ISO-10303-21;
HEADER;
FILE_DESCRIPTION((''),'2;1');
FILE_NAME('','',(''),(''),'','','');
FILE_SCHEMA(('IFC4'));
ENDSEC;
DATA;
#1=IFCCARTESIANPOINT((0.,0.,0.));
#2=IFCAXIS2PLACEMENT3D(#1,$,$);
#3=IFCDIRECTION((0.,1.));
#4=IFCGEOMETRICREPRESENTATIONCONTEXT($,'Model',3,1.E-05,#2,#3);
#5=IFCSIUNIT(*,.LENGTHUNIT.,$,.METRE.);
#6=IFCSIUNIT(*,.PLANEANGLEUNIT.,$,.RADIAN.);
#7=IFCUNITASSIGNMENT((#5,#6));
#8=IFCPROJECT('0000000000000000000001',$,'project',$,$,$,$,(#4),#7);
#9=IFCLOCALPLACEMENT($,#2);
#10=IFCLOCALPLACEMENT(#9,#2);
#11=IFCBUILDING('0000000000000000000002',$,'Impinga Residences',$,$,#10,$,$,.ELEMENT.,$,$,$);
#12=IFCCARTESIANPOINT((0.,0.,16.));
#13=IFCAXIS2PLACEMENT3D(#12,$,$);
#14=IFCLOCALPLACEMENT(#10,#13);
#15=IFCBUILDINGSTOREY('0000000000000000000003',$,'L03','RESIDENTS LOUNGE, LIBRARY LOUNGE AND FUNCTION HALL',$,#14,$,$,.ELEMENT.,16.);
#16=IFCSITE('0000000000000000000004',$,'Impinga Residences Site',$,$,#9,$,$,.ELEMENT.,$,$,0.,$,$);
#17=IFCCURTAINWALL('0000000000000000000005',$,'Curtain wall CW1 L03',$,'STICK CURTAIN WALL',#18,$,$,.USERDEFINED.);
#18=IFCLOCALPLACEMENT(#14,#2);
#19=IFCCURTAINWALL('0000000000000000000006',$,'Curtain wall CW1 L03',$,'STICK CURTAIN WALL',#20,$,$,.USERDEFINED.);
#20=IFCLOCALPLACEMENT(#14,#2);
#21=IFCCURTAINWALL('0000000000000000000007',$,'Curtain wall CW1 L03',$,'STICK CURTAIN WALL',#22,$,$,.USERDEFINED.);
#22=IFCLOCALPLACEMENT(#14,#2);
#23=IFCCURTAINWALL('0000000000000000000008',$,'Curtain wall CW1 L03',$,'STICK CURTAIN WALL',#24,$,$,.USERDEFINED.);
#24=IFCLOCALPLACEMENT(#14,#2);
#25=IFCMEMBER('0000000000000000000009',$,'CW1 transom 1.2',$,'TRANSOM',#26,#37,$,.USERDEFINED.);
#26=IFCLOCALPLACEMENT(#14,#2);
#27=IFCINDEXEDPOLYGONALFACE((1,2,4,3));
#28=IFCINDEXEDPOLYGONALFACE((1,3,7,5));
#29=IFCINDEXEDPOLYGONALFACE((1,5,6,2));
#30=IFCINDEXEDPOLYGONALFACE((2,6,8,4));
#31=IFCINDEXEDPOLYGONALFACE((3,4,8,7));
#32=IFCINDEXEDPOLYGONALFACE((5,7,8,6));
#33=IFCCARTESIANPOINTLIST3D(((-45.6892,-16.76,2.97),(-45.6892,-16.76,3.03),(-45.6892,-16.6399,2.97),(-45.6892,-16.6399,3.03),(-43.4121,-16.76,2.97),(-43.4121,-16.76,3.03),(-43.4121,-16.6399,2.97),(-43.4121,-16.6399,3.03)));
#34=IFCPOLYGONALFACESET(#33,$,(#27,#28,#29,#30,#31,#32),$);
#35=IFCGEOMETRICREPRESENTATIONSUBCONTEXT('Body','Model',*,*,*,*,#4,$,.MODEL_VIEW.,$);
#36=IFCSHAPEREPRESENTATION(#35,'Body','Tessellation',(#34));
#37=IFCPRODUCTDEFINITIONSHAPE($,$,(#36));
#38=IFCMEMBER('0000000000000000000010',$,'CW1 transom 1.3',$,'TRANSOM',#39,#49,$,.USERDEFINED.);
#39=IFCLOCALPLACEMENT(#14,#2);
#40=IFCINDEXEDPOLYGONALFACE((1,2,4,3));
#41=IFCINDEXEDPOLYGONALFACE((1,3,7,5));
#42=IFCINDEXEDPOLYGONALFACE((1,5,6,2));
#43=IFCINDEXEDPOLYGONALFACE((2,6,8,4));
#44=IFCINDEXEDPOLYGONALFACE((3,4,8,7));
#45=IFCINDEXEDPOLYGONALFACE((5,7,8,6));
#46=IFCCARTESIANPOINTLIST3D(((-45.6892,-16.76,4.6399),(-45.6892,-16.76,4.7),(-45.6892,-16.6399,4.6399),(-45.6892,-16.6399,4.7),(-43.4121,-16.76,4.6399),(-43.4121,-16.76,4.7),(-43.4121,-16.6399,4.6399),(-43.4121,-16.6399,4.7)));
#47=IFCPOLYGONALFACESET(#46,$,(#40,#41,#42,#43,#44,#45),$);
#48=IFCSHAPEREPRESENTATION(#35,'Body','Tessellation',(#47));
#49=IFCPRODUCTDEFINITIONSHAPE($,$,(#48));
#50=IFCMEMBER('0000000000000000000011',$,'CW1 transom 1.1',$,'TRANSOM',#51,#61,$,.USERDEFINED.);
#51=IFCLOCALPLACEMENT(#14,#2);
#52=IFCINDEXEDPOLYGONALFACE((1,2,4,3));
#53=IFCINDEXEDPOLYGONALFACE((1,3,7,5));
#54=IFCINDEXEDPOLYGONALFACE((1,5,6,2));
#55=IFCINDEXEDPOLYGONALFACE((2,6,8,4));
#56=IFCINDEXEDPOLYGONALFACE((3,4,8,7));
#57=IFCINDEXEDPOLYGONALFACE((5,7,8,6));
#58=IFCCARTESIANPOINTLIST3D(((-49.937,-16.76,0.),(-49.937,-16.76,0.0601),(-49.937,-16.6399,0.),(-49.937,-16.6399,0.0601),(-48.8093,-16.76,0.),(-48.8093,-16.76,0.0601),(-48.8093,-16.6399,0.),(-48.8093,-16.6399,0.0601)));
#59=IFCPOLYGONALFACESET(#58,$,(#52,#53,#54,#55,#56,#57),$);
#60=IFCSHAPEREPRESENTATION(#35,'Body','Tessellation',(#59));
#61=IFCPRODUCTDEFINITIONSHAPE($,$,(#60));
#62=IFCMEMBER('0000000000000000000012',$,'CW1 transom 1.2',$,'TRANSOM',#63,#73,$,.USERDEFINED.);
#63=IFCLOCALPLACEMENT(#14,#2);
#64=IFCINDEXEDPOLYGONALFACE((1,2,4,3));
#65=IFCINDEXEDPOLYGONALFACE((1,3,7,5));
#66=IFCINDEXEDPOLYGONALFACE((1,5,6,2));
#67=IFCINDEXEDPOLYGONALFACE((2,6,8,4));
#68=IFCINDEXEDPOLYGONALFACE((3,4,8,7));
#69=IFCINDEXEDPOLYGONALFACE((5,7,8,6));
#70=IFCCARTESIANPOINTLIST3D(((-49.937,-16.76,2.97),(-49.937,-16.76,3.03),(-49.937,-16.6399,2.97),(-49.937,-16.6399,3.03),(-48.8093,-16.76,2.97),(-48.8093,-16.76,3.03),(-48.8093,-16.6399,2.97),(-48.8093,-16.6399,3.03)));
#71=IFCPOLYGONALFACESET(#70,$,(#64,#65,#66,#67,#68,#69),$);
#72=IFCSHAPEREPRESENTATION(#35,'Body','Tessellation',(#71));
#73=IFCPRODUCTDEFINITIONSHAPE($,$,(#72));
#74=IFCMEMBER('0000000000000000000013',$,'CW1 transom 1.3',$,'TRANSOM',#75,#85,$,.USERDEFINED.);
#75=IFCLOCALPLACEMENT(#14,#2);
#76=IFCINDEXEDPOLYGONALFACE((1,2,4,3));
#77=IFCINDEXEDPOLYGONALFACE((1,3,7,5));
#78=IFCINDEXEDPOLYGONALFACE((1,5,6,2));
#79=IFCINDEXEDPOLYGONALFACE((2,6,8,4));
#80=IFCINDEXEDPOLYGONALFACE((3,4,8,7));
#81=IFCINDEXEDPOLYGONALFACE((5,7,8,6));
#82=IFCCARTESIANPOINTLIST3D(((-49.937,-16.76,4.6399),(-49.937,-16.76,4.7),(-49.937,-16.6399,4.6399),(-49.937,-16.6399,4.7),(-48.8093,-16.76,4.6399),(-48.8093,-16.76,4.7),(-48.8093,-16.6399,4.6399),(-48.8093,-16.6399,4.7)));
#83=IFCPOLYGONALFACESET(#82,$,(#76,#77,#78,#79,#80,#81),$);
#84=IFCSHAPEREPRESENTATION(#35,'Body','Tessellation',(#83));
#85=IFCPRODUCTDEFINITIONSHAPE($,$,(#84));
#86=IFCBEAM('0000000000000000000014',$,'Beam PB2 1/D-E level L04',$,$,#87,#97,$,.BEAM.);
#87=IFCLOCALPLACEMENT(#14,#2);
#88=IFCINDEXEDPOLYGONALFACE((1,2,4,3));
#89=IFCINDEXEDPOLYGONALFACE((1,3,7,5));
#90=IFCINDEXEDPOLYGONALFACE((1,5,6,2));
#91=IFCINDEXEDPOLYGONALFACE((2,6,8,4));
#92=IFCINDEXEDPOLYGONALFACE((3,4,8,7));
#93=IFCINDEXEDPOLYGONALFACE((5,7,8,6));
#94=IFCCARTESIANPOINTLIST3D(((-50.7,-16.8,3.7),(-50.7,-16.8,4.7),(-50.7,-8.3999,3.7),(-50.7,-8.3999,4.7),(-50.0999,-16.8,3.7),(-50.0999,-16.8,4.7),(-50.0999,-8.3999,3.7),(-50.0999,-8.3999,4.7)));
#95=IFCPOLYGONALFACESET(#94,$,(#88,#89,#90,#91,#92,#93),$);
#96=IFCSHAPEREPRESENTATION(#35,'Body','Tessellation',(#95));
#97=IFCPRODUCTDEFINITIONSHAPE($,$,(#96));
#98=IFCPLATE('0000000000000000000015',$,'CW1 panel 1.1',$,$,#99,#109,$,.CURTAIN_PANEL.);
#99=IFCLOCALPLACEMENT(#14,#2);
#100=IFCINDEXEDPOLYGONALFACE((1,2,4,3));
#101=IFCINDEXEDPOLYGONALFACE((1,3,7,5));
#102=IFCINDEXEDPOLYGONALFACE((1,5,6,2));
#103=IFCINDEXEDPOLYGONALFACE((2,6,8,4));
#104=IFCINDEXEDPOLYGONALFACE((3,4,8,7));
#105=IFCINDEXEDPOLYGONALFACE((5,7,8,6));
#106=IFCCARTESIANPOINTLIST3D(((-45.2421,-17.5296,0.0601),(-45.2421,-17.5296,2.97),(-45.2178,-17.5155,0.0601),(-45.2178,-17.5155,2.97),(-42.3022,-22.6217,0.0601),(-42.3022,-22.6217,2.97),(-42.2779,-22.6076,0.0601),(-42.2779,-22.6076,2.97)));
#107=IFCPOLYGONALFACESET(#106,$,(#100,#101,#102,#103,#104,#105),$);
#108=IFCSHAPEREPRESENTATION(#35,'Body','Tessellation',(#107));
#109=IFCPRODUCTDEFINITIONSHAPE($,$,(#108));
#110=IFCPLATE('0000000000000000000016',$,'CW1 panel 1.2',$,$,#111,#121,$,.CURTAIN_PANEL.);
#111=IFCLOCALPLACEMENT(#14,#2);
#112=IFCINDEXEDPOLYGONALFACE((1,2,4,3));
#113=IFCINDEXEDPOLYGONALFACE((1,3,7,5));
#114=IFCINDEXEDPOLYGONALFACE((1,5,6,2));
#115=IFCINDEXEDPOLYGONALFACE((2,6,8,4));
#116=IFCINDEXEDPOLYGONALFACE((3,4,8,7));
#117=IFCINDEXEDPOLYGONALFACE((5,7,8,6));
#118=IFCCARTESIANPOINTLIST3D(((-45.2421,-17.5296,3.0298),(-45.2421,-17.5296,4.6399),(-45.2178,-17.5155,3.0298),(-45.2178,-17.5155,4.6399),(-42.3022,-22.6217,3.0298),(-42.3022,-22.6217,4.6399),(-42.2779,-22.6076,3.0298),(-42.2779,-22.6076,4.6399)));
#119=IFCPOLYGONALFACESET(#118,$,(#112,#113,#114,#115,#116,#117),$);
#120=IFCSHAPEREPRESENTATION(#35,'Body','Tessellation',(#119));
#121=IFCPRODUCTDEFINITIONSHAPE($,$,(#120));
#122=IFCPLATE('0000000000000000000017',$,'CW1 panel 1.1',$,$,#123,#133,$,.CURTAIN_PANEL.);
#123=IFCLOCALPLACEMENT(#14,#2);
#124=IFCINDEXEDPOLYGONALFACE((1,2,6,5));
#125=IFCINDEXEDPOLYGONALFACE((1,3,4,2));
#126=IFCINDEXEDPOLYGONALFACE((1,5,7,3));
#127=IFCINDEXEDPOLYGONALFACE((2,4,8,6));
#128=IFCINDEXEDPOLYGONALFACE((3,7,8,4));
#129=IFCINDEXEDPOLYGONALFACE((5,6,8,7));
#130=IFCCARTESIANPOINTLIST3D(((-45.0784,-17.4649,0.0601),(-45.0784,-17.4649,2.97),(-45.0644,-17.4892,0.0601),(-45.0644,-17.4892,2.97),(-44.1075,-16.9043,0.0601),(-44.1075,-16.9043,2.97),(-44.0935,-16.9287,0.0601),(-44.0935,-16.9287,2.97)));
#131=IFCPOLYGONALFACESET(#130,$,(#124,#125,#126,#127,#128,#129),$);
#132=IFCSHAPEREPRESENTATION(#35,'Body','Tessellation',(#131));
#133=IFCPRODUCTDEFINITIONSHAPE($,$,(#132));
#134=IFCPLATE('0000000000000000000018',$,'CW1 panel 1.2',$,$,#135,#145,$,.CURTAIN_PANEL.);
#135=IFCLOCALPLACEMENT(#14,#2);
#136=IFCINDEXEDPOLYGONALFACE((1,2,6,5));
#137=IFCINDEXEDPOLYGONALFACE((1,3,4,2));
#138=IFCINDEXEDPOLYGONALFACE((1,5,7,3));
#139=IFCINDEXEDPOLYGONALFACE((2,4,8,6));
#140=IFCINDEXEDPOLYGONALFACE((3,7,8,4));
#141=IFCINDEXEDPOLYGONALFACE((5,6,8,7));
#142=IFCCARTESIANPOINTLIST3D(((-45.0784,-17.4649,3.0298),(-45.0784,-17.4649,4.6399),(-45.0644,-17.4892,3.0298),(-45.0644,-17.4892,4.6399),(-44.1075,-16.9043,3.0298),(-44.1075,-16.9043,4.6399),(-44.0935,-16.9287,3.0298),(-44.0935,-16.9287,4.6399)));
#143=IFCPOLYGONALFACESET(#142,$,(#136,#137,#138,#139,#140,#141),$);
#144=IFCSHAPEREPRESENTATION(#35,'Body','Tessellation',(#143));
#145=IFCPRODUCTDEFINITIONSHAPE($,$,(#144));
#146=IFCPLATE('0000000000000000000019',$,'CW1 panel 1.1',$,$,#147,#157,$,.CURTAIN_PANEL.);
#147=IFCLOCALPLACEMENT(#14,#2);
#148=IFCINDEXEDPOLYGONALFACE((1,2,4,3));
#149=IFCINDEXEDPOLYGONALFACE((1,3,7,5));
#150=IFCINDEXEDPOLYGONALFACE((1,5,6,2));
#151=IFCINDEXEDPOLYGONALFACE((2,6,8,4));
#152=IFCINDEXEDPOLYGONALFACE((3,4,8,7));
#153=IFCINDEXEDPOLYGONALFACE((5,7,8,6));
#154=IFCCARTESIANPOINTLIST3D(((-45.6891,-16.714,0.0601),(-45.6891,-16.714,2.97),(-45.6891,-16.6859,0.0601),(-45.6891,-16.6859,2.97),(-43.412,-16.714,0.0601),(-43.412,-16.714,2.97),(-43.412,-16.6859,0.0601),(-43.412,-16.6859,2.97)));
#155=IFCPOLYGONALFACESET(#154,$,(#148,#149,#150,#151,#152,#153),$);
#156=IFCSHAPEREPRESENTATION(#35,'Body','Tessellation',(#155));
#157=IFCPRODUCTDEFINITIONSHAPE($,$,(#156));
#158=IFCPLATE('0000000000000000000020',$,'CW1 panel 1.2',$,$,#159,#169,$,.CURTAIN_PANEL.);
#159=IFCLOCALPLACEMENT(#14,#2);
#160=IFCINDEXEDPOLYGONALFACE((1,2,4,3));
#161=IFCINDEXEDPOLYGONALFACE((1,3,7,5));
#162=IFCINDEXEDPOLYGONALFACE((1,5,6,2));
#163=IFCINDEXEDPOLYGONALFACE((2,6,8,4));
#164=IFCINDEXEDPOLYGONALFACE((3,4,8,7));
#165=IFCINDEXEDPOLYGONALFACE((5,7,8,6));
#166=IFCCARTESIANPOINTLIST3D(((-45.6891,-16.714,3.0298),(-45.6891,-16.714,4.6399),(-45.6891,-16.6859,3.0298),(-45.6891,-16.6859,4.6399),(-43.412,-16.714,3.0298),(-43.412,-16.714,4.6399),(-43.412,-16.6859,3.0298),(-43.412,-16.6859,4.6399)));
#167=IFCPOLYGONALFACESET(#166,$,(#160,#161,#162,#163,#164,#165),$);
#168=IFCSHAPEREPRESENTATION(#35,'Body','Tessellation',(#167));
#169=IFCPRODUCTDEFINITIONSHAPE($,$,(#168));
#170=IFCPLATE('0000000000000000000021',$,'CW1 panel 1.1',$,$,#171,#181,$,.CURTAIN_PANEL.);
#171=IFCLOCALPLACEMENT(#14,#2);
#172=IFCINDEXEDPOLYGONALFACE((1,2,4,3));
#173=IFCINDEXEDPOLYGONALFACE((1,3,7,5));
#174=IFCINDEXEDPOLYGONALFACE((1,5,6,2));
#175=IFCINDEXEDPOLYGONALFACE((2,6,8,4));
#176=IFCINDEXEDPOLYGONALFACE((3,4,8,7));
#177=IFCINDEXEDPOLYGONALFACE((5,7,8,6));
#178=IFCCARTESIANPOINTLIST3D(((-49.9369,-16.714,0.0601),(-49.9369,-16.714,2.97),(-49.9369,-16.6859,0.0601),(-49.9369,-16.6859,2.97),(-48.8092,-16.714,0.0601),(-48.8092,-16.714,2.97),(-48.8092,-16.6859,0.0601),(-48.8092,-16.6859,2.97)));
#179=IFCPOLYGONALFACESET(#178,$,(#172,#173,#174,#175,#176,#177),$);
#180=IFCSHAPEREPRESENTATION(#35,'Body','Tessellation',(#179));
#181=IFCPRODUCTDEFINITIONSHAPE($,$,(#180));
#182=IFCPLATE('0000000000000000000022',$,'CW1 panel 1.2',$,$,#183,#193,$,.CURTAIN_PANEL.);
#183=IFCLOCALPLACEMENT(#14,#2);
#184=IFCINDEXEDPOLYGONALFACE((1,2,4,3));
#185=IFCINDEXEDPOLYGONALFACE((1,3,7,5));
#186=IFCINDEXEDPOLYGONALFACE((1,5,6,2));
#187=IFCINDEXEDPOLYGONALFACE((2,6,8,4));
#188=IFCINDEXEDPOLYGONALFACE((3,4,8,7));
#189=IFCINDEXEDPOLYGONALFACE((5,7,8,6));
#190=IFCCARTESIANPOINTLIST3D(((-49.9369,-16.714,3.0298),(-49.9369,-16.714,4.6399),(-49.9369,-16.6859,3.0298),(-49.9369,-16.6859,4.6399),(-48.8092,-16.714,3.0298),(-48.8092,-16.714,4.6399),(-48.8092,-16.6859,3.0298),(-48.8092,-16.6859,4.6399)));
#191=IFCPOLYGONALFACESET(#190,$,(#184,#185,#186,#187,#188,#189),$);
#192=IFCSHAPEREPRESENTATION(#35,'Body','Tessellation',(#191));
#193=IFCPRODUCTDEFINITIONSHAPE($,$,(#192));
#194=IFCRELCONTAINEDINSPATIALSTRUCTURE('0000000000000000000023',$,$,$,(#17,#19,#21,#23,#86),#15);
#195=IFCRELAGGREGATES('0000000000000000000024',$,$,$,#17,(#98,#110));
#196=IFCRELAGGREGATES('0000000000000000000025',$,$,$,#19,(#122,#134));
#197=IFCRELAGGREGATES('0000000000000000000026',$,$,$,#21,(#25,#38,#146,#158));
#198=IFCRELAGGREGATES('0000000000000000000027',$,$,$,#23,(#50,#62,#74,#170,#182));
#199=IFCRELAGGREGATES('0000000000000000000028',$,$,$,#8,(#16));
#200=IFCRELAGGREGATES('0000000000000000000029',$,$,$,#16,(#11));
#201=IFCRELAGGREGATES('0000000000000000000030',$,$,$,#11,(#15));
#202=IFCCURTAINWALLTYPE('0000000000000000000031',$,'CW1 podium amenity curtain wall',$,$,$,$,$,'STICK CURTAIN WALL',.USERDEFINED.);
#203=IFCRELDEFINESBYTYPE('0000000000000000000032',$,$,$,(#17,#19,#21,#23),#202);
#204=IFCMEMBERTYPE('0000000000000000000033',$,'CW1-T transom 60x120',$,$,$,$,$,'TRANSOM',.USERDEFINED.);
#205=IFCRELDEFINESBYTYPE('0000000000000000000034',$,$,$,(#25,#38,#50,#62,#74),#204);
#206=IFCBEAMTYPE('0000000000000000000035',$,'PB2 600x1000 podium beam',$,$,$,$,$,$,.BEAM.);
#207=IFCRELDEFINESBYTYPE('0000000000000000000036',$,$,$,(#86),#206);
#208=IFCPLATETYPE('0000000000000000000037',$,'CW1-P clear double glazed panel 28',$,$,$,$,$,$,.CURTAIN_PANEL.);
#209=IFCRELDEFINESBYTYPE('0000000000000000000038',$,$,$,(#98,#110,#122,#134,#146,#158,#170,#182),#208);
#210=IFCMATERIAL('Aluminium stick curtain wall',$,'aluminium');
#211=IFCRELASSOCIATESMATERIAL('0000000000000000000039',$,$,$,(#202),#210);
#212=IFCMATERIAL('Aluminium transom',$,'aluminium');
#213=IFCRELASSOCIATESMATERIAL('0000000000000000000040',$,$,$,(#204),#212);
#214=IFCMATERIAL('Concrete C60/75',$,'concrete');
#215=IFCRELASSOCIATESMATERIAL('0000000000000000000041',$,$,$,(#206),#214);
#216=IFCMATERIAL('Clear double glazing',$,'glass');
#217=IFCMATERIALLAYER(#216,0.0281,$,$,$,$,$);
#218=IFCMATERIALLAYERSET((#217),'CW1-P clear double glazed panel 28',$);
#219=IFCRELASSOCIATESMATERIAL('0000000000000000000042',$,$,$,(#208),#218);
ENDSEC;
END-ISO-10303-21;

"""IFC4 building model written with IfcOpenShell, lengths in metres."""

from ifc_helpers import new_model, si_unit, direction, frame, origin, origin_2d, place, context, subcontext, project, spatial, rectangle, extrude, material, layer, layer_set, material_profile, profile_set, type_object, element, aggregate, save


model = new_model("IFC4")

# Units and contexts
model_context = context("Model", 3, precision=1e-05, world=origin(), true_north=direction((0.0, 1.0)))
body_context = subcontext(model_context, "Body", "Model", "MODEL_VIEW")
ifc_project = project(units=[si_unit("LENGTHUNIT", "METRE"), si_unit("PLANEANGLEUNIT", "RADIAN")], contexts=[model_context])

# Site, building, storey
site_placement = place(None, origin())
site = spatial("IfcSite", under=ifc_project, at=site_placement, Name="Impinga Residences Site", CompositionType="ELEMENT", RefElevation=0.0)
building_placement = place(site_placement, origin())
building = spatial("IfcBuilding", under=site, at=building_placement, Name="Impinga Residences", CompositionType="ELEMENT")
storey_placement = place(building_placement, frame((0.0, 0.0, 16.0)))
storey = spatial("IfcBuildingStorey", under=building, at=storey_placement, Name="L03", Description="RESIDENTS LOUNGE, LIBRARY LOUNGE AND FUNCTION HALL", CompositionType="ELEMENT", Elevation=16.0)

# Curtain wall
ifc_material_1 = material(Name="Aluminium stick curtain wall", Category="aluminium")
curtain_wall_type = type_object("IfcCurtainWallType", Name="CW1 podium amenity curtain wall", ElementType="STICK CURTAIN WALL", PredefinedType="USERDEFINED", material=ifc_material_1)
curtain_wall_1_placement = place(storey_placement, origin())
curtain_wall_1 = element("IfcCurtainWall", 1, at=curtain_wall_1_placement, inside=storey, type_object=curtain_wall_type, Name="Curtain wall CW1 L03", ObjectType="STICK CURTAIN WALL", PredefinedType="USERDEFINED")

# Curtain walls
curtain_wall_2_placement = place(storey_placement, origin())
curtain_wall_2 = element("IfcCurtainWall", 2, at=curtain_wall_2_placement, inside=storey, type_object=curtain_wall_type, Name="Curtain wall CW1 L03", ObjectType="STICK CURTAIN WALL", PredefinedType="USERDEFINED")
curtain_wall_3_placement = place(storey_placement, origin())
curtain_wall_3 = element("IfcCurtainWall", 3, at=curtain_wall_3_placement, inside=storey, type_object=curtain_wall_type, Name="Curtain wall CW1 L03", ObjectType="STICK CURTAIN WALL", PredefinedType="USERDEFINED")
curtain_wall_4_placement = place(storey_placement, origin())
curtain_wall_4 = element("IfcCurtainWall", 4, at=curtain_wall_4_placement, inside=storey, type_object=curtain_wall_type, Name="Curtain wall CW1 L03", ObjectType="STICK CURTAIN WALL", PredefinedType="USERDEFINED")

# Members
ifc_material_2 = material(Name="Aluminium transom", Category="aluminium")
ifc_material_profile_1 = material_profile(ifc_material_2, rectangle(XDim=0.0601, YDim=0.1201, at=origin_2d()), Name="60x120 transom")
ifc_profile_set_1 = profile_set([ifc_material_profile_1], Name="Aluminium transom")
member_type_1 = type_object("IfcMemberType", Name="CW1-T transom 60x120", ElementType="TRANSOM", PredefinedType="USERDEFINED", material=ifc_profile_set_1)
member_1_placement = place(storey_placement, frame((-43.4121, -16.7, 3.0), z_axis=(-1.0, 0.0, 0.0), x_axis=(0.0, 0.0, 1.0)))
member_1 = element("IfcMember", 5, at=member_1_placement, type_object=member_type_1, Name="CW1 transom 1.2", ObjectType="TRANSOM", PredefinedType="USERDEFINED", context=body_context, shape_type="SweptSolid", body=[
    extrude(rectangle(XDim=0.0601, YDim=0.1201, at=origin_2d()), origin(), (0.0, 0.0, 1.0), 2.2771),
])
member_2_placement = place(storey_placement, frame((-43.4121, -16.7, 4.6699), z_axis=(-1.0, 0.0, 0.0), x_axis=(0.0, 0.0, 1.0)))
member_2 = element("IfcMember", 6, at=member_2_placement, type_object=member_type_1, Name="CW1 transom 1.3", ObjectType="TRANSOM", PredefinedType="USERDEFINED", context=body_context, shape_type="SweptSolid", body=[
    extrude(rectangle(XDim=0.0601, YDim=0.1201, at=origin_2d()), origin(), (0.0, 0.0, 1.0), 2.2771),
])
member_3_placement = place(storey_placement, frame((-48.8093, -16.7, 0.03), z_axis=(-1.0, 0.0, 0.0), x_axis=(0.0, 0.0, 1.0)))
member_3 = element("IfcMember", 7, at=member_3_placement, type_object=member_type_1, Name="CW1 transom 1.1", ObjectType="TRANSOM", PredefinedType="USERDEFINED", context=body_context, shape_type="SweptSolid", body=[
    extrude(rectangle(XDim=0.0601, YDim=0.1201, at=origin_2d()), origin(), (0.0, 0.0, 1.0), 1.1277),
])
member_4_placement = place(storey_placement, frame((-48.8093, -16.7, 3.0), z_axis=(-1.0, 0.0, 0.0), x_axis=(0.0, 0.0, 1.0)))
member_4 = element("IfcMember", 8, at=member_4_placement, type_object=member_type_1, Name="CW1 transom 1.2", ObjectType="TRANSOM", PredefinedType="USERDEFINED", context=body_context, shape_type="SweptSolid", body=[
    extrude(rectangle(XDim=0.0601, YDim=0.1201, at=origin_2d()), origin(), (0.0, 0.0, 1.0), 1.1277),
])
member_5_placement = place(storey_placement, frame((-48.8093, -16.7, 4.6699), z_axis=(-1.0, 0.0, 0.0), x_axis=(0.0, 0.0, 1.0)))
member_5 = element("IfcMember", 9, at=member_5_placement, type_object=member_type_1, Name="CW1 transom 1.3", ObjectType="TRANSOM", PredefinedType="USERDEFINED", context=body_context, shape_type="SweptSolid", body=[
    extrude(rectangle(XDim=0.0601, YDim=0.1201, at=origin_2d()), origin(), (0.0, 0.0, 1.0), 1.1277),
])

# Beam
ifc_material_3 = material(Name="Concrete C60/75", Category="concrete")
ifc_material_profile_2 = material_profile(ifc_material_3, rectangle(XDim=0.6001, YDim=1.0, at=origin_2d()), Name="RC 600x1000")
ifc_profile_set_2 = profile_set([ifc_material_profile_2], Name="Concrete C60/75")
beam_type = type_object("IfcBeamType", Name="PB2 600x1000 podium beam", PredefinedType="BEAM", material=ifc_profile_set_2)
beam_placement = place(storey_placement, frame((-50.3999, -16.8, 4.2), z_axis=(0.0, 1.0, 0.0), x_axis=(-1.0, 0.0, 0.0)))
element("IfcBeam", 10, at=beam_placement, inside=storey, type_object=beam_type, Name="Beam PB2 1/D-E level L04", PredefinedType="BEAM", context=body_context, shape_type="SweptSolid", body=[
    extrude(rectangle(XDim=0.6001, YDim=1.0, at=origin_2d()), origin(), (0.0, 0.0, 1.0), 8.4001),
])

# Plates
ifc_material_4 = material(Name="Clear double glazing", Category="glass")
ifc_layer_1 = layer(ifc_material_4, 0.0281)
ifc_layer_set_1 = layer_set([ifc_layer_1], Name="CW1-P clear double glazed panel 28")
plate_type = type_object("IfcPlateType", Name="CW1-P clear double glazed panel 28", PredefinedType="CURTAIN_PANEL", material=ifc_layer_set_1)
plate_1_placement = place(storey_placement, frame((-43.76, -20.0686, 0.0601), z_axis=(0.0, 0.0, 1.0), x_axis=(-0.5, 0.866025, 0.0)))
plate_1 = element("IfcPlate", 11, at=plate_1_placement, type_object=plate_type, Name="CW1 panel 1.1", PredefinedType="CURTAIN_PANEL", context=body_context, shape_type="SweptSolid", body=[
    extrude(rectangle(XDim=5.8799, YDim=0.0281, at=origin_2d()), origin(), (0.0, 0.0, 1.0), 2.9099),
])
plate_2_placement = place(storey_placement, frame((-43.76, -20.0686, 3.0298), z_axis=(0.0, 0.0, 1.0), x_axis=(-0.5, 0.866025, 0.0)))
plate_2 = element("IfcPlate", 12, at=plate_2_placement, type_object=plate_type, Name="CW1 panel 1.2", PredefinedType="CURTAIN_PANEL", context=body_context, shape_type="SweptSolid", body=[
    extrude(rectangle(XDim=5.8799, YDim=0.0281, at=origin_2d()), origin(), (0.0, 0.0, 1.0), 1.6101),
])
aggregate(curtain_wall_1, [plate_1, plate_2])
plate_3_placement = place(storey_placement, frame((-44.5859, -17.1968, 0.0601), z_axis=(0.0, 0.0, 1.0), x_axis=(0.866025, 0.5, 0.0)))
plate_3 = element("IfcPlate", 13, at=plate_3_placement, type_object=plate_type, Name="CW1 panel 1.1", PredefinedType="CURTAIN_PANEL", context=body_context, shape_type="SweptSolid", body=[
    extrude(rectangle(XDim=1.1211, YDim=0.0281, at=origin_2d()), origin(), (0.0, 0.0, 1.0), 2.9099),
])
plate_4_placement = place(storey_placement, frame((-44.5859, -17.1968, 3.0298), z_axis=(0.0, 0.0, 1.0), x_axis=(0.866025, 0.5, 0.0)))
plate_4 = element("IfcPlate", 14, at=plate_4_placement, type_object=plate_type, Name="CW1 panel 1.2", PredefinedType="CURTAIN_PANEL", context=body_context, shape_type="SweptSolid", body=[
    extrude(rectangle(XDim=1.1211, YDim=0.0281, at=origin_2d()), origin(), (0.0, 0.0, 1.0), 1.6101),
])
aggregate(curtain_wall_2, [plate_3, plate_4])
plate_5_placement = place(storey_placement, frame((-44.5505, -16.7, 0.0601), z_axis=(0.0, 0.0, 1.0), x_axis=(-1.0, 0.0, 0.0)))
plate_5 = element("IfcPlate", 15, at=plate_5_placement, type_object=plate_type, Name="CW1 panel 1.1", PredefinedType="CURTAIN_PANEL", context=body_context, shape_type="SweptSolid", body=[
    extrude(rectangle(XDim=2.2771, YDim=0.0281, at=origin_2d()), origin(), (0.0, 0.0, 1.0), 2.9099),
])
plate_6_placement = place(storey_placement, frame((-44.5505, -16.7, 3.0298), z_axis=(0.0, 0.0, 1.0), x_axis=(-1.0, 0.0, 0.0)))
plate_6 = element("IfcPlate", 16, at=plate_6_placement, type_object=plate_type, Name="CW1 panel 1.2", PredefinedType="CURTAIN_PANEL", context=body_context, shape_type="SweptSolid", body=[
    extrude(rectangle(XDim=2.2771, YDim=0.0281, at=origin_2d()), origin(), (0.0, 0.0, 1.0), 1.6101),
])
aggregate(curtain_wall_3, [member_1, member_2, plate_5, plate_6])
plate_7_placement = place(storey_placement, frame((-49.373, -16.7, 0.0601), z_axis=(0.0, 0.0, 1.0), x_axis=(-1.0, 0.0, 0.0)))
plate_7 = element("IfcPlate", 17, at=plate_7_placement, type_object=plate_type, Name="CW1 panel 1.1", PredefinedType="CURTAIN_PANEL", context=body_context, shape_type="SweptSolid", body=[
    extrude(rectangle(XDim=1.1277, YDim=0.0281, at=origin_2d()), origin(), (0.0, 0.0, 1.0), 2.9099),
])
plate_8_placement = place(storey_placement, frame((-49.373, -16.7, 3.0298), z_axis=(0.0, 0.0, 1.0), x_axis=(-1.0, 0.0, 0.0)))
plate_8 = element("IfcPlate", 18, at=plate_8_placement, type_object=plate_type, Name="CW1 panel 1.2", PredefinedType="CURTAIN_PANEL", context=body_context, shape_type="SweptSolid", body=[
    extrude(rectangle(XDim=1.1277, YDim=0.0281, at=origin_2d()), origin(), (0.0, 0.0, 1.0), 1.6101),
])
aggregate(curtain_wall_4, [member_3, member_4, member_5, plate_7, plate_8])

save(model, "model.ifc")
